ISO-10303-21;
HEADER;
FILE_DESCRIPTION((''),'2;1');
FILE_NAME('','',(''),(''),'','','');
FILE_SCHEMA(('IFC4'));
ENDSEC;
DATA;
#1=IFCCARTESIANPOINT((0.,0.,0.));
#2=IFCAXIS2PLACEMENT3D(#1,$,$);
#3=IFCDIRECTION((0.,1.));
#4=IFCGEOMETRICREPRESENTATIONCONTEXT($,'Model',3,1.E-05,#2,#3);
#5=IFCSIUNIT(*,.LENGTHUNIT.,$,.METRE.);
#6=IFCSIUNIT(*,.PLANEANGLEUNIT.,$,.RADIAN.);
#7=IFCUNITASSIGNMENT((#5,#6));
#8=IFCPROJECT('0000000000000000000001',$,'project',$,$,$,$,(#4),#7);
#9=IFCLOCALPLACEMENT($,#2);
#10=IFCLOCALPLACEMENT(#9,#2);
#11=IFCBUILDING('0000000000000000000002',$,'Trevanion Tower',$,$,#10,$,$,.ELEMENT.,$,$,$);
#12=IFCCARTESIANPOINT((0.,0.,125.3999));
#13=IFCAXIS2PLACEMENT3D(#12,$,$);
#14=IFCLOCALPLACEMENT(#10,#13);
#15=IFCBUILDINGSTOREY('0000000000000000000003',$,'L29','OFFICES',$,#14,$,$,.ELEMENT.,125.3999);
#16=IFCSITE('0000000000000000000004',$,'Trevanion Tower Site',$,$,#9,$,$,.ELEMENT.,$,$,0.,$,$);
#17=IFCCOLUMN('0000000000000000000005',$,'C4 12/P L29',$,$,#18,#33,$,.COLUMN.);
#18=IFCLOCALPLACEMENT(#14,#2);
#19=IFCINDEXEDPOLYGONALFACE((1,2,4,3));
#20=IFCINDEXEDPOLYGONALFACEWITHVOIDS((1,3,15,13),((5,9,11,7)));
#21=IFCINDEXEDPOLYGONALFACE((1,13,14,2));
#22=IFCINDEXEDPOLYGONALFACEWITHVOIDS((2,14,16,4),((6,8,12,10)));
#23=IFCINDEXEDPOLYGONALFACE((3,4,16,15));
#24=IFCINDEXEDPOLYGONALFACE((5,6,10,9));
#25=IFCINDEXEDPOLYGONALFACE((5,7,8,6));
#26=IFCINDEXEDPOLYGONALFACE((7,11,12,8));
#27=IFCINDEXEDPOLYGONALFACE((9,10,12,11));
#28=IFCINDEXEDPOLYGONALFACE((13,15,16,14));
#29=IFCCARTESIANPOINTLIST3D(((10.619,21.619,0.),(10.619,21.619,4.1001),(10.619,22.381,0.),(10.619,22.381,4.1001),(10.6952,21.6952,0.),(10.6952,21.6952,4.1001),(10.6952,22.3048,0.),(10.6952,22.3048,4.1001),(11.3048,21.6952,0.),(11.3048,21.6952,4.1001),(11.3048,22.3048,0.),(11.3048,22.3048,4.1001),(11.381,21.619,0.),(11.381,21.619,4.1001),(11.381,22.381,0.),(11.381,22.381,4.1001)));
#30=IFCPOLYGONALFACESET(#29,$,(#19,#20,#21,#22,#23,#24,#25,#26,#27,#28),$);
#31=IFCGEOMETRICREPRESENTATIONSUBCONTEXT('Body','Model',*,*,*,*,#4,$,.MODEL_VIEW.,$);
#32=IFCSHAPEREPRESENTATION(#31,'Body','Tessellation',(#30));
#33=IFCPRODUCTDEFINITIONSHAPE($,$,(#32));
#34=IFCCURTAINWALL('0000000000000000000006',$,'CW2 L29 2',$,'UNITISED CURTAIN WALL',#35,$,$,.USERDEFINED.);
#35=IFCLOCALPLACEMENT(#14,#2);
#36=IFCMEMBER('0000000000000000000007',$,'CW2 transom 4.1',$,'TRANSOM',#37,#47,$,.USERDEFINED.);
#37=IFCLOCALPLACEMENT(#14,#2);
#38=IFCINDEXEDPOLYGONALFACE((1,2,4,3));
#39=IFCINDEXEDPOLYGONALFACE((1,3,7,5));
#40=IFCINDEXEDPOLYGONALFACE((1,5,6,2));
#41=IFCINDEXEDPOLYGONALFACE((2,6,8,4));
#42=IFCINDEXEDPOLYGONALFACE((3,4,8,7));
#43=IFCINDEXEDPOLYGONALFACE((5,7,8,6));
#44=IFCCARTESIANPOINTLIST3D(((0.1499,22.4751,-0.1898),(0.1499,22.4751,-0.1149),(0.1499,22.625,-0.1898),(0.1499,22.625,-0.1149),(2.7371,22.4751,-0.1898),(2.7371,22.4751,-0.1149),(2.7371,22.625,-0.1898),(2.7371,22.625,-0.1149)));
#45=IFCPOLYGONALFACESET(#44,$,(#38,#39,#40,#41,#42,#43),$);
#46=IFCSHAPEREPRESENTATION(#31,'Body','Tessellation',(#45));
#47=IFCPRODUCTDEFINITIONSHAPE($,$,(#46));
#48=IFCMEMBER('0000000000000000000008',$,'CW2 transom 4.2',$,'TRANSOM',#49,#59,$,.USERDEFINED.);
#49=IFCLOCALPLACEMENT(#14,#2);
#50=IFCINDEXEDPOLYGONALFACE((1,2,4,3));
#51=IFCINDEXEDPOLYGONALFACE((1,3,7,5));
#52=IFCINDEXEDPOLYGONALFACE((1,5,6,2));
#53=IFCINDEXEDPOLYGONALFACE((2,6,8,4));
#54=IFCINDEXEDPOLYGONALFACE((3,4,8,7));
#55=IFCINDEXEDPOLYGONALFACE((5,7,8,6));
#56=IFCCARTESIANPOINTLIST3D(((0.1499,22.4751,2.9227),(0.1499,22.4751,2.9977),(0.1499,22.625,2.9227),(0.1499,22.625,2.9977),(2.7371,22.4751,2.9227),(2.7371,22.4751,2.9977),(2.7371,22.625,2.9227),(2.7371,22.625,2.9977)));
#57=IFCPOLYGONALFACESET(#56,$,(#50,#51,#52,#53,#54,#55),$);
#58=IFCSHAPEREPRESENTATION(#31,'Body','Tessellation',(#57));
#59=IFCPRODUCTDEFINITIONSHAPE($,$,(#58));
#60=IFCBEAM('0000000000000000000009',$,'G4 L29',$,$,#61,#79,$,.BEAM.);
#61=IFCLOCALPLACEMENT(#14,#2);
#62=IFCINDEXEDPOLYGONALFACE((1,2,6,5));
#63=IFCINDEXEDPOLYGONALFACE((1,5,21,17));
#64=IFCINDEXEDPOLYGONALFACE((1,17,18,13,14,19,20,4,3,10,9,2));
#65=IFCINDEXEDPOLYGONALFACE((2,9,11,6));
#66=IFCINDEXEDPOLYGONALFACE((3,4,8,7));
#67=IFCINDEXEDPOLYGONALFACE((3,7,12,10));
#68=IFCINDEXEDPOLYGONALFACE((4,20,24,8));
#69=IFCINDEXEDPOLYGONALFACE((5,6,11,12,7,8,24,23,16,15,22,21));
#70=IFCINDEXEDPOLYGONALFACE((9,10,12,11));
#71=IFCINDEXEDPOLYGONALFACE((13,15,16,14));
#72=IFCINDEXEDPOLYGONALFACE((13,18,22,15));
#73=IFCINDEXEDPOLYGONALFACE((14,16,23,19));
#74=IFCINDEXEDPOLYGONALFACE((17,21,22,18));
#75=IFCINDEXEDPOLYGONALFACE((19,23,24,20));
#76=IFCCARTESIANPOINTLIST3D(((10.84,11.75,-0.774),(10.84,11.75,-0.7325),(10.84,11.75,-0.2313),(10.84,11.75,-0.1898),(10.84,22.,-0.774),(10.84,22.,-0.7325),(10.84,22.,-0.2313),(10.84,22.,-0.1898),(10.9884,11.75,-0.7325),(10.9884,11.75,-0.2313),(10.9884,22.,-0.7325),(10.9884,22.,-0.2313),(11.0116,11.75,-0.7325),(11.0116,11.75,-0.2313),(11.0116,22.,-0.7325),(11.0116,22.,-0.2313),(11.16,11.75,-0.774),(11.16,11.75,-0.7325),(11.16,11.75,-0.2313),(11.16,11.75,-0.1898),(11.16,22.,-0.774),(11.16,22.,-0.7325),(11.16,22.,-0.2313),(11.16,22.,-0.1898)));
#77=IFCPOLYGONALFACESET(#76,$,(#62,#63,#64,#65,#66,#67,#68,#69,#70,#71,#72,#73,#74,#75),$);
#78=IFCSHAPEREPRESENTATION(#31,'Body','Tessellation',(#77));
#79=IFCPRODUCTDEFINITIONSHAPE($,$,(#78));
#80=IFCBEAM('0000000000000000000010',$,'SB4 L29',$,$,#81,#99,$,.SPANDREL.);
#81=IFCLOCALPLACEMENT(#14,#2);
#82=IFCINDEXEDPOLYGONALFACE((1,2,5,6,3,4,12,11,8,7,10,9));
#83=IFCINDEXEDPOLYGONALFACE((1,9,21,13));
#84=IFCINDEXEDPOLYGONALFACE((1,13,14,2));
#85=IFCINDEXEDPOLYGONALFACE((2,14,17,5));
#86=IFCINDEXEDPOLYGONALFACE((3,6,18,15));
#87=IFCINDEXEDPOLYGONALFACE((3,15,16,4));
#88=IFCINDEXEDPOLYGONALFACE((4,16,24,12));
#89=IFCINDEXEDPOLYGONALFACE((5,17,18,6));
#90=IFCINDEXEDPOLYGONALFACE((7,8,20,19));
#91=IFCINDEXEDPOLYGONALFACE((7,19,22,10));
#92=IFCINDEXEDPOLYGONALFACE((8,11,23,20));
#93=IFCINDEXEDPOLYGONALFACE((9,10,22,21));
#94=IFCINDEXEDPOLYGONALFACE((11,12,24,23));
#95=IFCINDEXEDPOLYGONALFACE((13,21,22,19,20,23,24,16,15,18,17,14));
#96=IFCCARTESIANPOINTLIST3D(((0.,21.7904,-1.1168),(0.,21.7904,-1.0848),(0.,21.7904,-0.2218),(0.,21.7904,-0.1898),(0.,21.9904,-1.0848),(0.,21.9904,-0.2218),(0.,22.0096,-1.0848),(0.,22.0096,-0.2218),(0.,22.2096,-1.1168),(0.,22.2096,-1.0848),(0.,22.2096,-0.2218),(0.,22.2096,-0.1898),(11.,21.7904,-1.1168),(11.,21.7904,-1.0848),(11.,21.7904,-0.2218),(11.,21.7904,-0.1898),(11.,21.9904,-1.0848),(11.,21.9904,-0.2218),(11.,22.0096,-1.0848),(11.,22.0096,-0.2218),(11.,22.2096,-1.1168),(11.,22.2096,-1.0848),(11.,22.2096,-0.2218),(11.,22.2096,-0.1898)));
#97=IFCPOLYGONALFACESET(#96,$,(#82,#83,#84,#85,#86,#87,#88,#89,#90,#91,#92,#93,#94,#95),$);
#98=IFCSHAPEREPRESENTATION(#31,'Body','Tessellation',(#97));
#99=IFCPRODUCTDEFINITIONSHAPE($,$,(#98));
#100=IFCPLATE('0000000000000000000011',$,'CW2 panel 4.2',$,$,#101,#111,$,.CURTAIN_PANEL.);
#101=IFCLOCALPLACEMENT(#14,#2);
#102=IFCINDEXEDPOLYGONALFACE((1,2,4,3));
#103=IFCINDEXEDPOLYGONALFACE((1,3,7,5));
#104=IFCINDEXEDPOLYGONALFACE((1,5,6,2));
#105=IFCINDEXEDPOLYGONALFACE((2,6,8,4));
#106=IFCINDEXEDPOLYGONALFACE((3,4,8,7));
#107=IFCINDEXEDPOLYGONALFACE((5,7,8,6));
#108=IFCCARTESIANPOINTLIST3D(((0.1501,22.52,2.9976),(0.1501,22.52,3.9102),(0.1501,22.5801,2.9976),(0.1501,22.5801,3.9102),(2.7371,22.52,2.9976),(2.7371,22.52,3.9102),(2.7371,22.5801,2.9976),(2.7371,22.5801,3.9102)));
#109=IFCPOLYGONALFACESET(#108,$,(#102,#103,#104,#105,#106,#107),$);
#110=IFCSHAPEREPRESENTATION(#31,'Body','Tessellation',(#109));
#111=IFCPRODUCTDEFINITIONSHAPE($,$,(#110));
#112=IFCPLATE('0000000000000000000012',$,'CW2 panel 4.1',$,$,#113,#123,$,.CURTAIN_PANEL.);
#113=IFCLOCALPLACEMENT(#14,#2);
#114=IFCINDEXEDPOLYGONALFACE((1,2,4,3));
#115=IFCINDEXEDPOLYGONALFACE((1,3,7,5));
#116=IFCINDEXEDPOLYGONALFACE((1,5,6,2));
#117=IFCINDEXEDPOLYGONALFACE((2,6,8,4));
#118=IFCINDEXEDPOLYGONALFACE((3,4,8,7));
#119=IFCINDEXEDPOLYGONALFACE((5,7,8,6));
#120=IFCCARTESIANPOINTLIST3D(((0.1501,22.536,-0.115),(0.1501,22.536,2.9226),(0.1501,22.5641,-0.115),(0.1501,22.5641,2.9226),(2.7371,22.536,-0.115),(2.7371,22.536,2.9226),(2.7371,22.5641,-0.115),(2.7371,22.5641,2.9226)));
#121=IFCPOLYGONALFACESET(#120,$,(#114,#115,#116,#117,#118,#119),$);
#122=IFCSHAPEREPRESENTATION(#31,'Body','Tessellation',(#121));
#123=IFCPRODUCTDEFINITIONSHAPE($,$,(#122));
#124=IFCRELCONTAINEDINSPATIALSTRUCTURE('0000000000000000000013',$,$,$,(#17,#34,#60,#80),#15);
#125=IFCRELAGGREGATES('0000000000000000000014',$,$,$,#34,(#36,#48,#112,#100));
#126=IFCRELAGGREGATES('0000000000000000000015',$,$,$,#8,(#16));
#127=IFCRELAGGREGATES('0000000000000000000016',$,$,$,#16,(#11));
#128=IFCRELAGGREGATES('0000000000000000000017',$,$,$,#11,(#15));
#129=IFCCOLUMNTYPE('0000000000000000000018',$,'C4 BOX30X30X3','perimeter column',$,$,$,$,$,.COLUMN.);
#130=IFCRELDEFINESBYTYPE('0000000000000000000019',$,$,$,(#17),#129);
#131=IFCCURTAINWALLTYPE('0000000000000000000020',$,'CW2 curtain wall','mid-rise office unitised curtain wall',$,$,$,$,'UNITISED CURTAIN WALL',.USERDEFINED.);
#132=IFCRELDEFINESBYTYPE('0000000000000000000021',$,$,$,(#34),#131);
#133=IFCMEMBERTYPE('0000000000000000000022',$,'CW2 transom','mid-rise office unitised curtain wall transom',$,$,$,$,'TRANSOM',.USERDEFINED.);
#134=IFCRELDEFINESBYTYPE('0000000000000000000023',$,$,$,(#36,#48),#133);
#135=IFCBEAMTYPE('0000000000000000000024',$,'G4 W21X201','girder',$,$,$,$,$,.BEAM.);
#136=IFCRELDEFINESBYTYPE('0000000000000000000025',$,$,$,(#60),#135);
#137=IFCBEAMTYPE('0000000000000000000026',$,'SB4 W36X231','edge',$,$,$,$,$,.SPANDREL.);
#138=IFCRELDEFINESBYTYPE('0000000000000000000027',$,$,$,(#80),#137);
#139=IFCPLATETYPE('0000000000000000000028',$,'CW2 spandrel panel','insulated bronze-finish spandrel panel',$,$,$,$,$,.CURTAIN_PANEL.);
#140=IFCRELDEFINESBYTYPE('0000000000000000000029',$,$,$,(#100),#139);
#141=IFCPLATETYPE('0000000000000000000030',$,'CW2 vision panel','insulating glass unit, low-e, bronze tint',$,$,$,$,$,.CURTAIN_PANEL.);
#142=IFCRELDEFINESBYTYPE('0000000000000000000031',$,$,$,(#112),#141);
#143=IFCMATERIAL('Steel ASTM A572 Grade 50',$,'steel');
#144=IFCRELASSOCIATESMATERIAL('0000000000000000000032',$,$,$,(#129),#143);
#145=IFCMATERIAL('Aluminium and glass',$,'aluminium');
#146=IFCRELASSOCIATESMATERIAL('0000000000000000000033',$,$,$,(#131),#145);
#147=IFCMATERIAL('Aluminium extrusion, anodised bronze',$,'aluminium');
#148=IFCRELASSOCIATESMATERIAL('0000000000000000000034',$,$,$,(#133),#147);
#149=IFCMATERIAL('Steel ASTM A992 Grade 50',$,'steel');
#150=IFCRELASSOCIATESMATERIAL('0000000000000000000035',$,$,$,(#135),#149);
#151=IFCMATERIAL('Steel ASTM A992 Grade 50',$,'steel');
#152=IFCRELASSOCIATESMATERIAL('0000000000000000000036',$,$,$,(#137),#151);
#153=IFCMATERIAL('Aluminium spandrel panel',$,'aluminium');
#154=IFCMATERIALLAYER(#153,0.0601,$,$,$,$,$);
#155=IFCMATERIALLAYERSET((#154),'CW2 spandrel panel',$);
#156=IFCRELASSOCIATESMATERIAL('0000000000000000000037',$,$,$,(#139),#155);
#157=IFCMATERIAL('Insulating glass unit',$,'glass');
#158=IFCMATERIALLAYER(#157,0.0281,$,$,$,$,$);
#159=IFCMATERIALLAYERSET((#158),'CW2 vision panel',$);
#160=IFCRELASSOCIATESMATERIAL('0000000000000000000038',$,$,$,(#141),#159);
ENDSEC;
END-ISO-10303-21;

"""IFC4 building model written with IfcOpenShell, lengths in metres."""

from ifc_helpers import new_model, si_unit, direction, frame, origin, origin_2d, place, context, subcontext, project, spatial, rectangle, hollow_rectangle, i_section, extrude, material, layer, layer_set, material_profile, profile_set, type_object, element, aggregate, save


model = new_model("IFC4")

# Units and contexts
model_context = context("Model", 3, precision=1e-05, world=origin(), true_north=direction((0.0, 1.0)))
body_context = subcontext(model_context, "Body", "Model", "MODEL_VIEW")
ifc_project = project(units=[si_unit("LENGTHUNIT", "METRE"), si_unit("PLANEANGLEUNIT", "RADIAN")], contexts=[model_context])

# Site, building, storey
site_placement = place(None, origin())
site = spatial("IfcSite", under=ifc_project, at=site_placement, Name="Trevanion Tower Site", CompositionType="ELEMENT", RefElevation=0.0)
building_placement = place(site_placement, origin())
building = spatial("IfcBuilding", under=site, at=building_placement, Name="Trevanion Tower", CompositionType="ELEMENT")
storey_placement = place(building_placement, frame((0.0, 0.0, 125.3999)))
storey = spatial("IfcBuildingStorey", under=building, at=storey_placement, Name="L29", Description="OFFICES", CompositionType="ELEMENT", Elevation=125.3999)

# Column
ifc_material_1 = material(Name="Steel ASTM A572 Grade 50", Category="steel")
ifc_material_profile_1 = material_profile(ifc_material_1, hollow_rectangle(XDim=0.762, YDim=0.762, WallThickness=0.0762, at=origin_2d()), Name="BOX30X30X3")
ifc_profile_set_1 = profile_set([ifc_material_profile_1], Name="Steel ASTM A572 Grade 50")
column_type = type_object("IfcColumnType", Name="C4 BOX30X30X3", Description="perimeter column", PredefinedType="COLUMN", material=ifc_profile_set_1)
column_placement = place(storey_placement, frame((11.0, 22.0, 0.0), z_axis=(0.0, 0.0, 1.0), x_axis=(1.0, 0.0, 0.0)))
element("IfcColumn", 1, at=column_placement, inside=storey, type_object=column_type, Name="C4 12/P L29", PredefinedType="COLUMN", context=body_context, shape_type="SweptSolid", body=[
    extrude(hollow_rectangle(XDim=0.762, YDim=0.762, WallThickness=0.0762, at=origin_2d()), origin(), (0.0, 0.0, 1.0), 4.1001),
])

# Curtain wall, members
ifc_material_2 = material(Name="Aluminium and glass", Category="aluminium")
curtain_wall_type = type_object("IfcCurtainWallType", Name="CW2 curtain wall", Description="mid-rise office unitised curtain wall", ElementType="UNITISED CURTAIN WALL", PredefinedType="USERDEFINED", material=ifc_material_2)
curtain_wall_placement = place(storey_placement, origin())
curtain_wall = element("IfcCurtainWall", 2, at=curtain_wall_placement, inside=storey, type_object=curtain_wall_type, Name="CW2 L29 2", ObjectType="UNITISED CURTAIN WALL", PredefinedType="USERDEFINED")
ifc_material_3 = material(Name="Aluminium extrusion, anodised bronze", Category="aluminium")
ifc_material_profile_2 = material_profile(ifc_material_3, rectangle(XDim=0.1499, YDim=0.075, at=origin_2d()), Name="CW2 transom")
ifc_profile_set_2 = profile_set([ifc_material_profile_2], Name="Aluminium extrusion, anodised bronze")
member_type = type_object("IfcMemberType", Name="CW2 transom", Description="mid-rise office unitised curtain wall transom", ElementType="TRANSOM", PredefinedType="USERDEFINED", material=ifc_profile_set_2)
member_1_placement = place(storey_placement, frame((2.7371, 22.55, -0.1523), z_axis=(-1.0, 0.0, 0.0), x_axis=(0.0, -1.0, 0.0)))
member_1 = element("IfcMember", 3, at=member_1_placement, type_object=member_type, Name="CW2 transom 4.1", ObjectType="TRANSOM", PredefinedType="USERDEFINED", context=body_context, shape_type="SweptSolid", body=[
    extrude(rectangle(XDim=0.1499, YDim=0.075, at=origin_2d()), origin(), (0.0, 0.0, 1.0), 2.5872),
])
member_2_placement = place(storey_placement, frame((2.7371, 22.55, 2.9602), z_axis=(-1.0, 0.0, 0.0), x_axis=(0.0, -1.0, 0.0)))
member_2 = element("IfcMember", 4, at=member_2_placement, type_object=member_type, Name="CW2 transom 4.2", ObjectType="TRANSOM", PredefinedType="USERDEFINED", context=body_context, shape_type="SweptSolid", body=[
    extrude(rectangle(XDim=0.1499, YDim=0.075, at=origin_2d()), origin(), (0.0, 0.0, 1.0), 2.5872),
])

# Beams
ifc_material_4 = material(Name="Steel ASTM A992 Grade 50", Category="steel")
ifc_material_profile_3 = material_profile(ifc_material_4, i_section(OverallWidth=0.3201, OverallDepth=0.5842, WebThickness=0.0232, FlangeThickness=0.0415, at=origin_2d()), Name="W21X201")
ifc_profile_set_3 = profile_set([ifc_material_profile_3], Name="Steel ASTM A992 Grade 50")
beam_type_1 = type_object("IfcBeamType", Name="G4 W21X201", Description="girder", PredefinedType="BEAM", material=ifc_profile_set_3)
beam_1_placement = place(storey_placement, frame((11.0, 11.75, -0.4819), z_axis=(0.0, 1.0, 0.0), x_axis=(-1.0, 0.0, 0.0)))
element("IfcBeam", 5, at=beam_1_placement, inside=storey, type_object=beam_type_1, Name="G4 L29", PredefinedType="BEAM", context=body_context, shape_type="SweptSolid", body=[
    extrude(i_section(OverallWidth=0.3201, OverallDepth=0.5842, WebThickness=0.0232, FlangeThickness=0.0415, at=origin_2d()), origin(), (0.0, 0.0, 1.0), 10.25),
])
ifc_material_5 = material(Name="Steel ASTM A992 Grade 50", Category="steel")
ifc_material_profile_4 = material_profile(ifc_material_5, i_section(OverallWidth=0.4192, OverallDepth=0.927, WebThickness=0.0193, FlangeThickness=0.032, at=origin_2d()), Name="W36X231")
ifc_profile_set_4 = profile_set([ifc_material_profile_4], Name="Steel ASTM A992 Grade 50")
beam_type_2 = type_object("IfcBeamType", Name="SB4 W36X231", Description="edge", PredefinedType="SPANDREL", material=ifc_profile_set_4)
beam_2_placement = place(storey_placement, frame((11.0, 22.0, -0.6533), z_axis=(-1.0, 0.0, 0.0), x_axis=(0.0, -1.0, 0.0)))
element("IfcBeam", 6, at=beam_2_placement, inside=storey, type_object=beam_type_2, Name="SB4 L29", PredefinedType="SPANDREL", context=body_context, shape_type="SweptSolid", body=[
    extrude(i_section(OverallWidth=0.4192, OverallDepth=0.927, WebThickness=0.0193, FlangeThickness=0.032, at=origin_2d()), origin(), (0.0, 0.0, 1.0), 11.0),
])

# Plates
ifc_material_6 = material(Name="Aluminium spandrel panel", Category="aluminium")
ifc_layer_1 = layer(ifc_material_6, 0.0601)
ifc_layer_set_1 = layer_set([ifc_layer_1], Name="CW2 spandrel panel")
plate_type_1 = type_object("IfcPlateType", Name="CW2 spandrel panel", Description="insulated bronze-finish spandrel panel", PredefinedType="CURTAIN_PANEL", material=ifc_layer_set_1)
plate_1_placement = place(storey_placement, frame((1.4436, 22.55, 2.9976), z_axis=(0.0, 0.0, 1.0), x_axis=(-1.0, 0.0, 0.0)))
plate_1 = element("IfcPlate", 7, at=plate_1_placement, type_object=plate_type_1, Name="CW2 panel 4.2", PredefinedType="CURTAIN_PANEL", context=body_context, shape_type="SweptSolid", body=[
    extrude(rectangle(XDim=2.5869, YDim=0.0601, at=origin_2d()), origin(), (0.0, 0.0, 1.0), 0.9126),
])
ifc_material_7 = material(Name="Insulating glass unit", Category="glass")
ifc_layer_2 = layer(ifc_material_7, 0.0281)
ifc_layer_set_2 = layer_set([ifc_layer_2], Name="CW2 vision panel")
plate_type_2 = type_object("IfcPlateType", Name="CW2 vision panel", Description="insulating glass unit, low-e, bronze tint", PredefinedType="CURTAIN_PANEL", material=ifc_layer_set_2)
plate_2_placement = place(storey_placement, frame((1.4436, 22.55, -0.115), z_axis=(0.0, 0.0, 1.0), x_axis=(-1.0, 0.0, 0.0)))
plate_2 = element("IfcPlate", 8, at=plate_2_placement, type_object=plate_type_2, Name="CW2 panel 4.1", PredefinedType="CURTAIN_PANEL", context=body_context, shape_type="SweptSolid", body=[
    extrude(rectangle(XDim=2.5869, YDim=0.0281, at=origin_2d()), origin(), (0.0, 0.0, 1.0), 3.0376),
])
aggregate(curtain_wall, [member_1, member_2, plate_2, plate_1])

save(model, "model.ifc")
